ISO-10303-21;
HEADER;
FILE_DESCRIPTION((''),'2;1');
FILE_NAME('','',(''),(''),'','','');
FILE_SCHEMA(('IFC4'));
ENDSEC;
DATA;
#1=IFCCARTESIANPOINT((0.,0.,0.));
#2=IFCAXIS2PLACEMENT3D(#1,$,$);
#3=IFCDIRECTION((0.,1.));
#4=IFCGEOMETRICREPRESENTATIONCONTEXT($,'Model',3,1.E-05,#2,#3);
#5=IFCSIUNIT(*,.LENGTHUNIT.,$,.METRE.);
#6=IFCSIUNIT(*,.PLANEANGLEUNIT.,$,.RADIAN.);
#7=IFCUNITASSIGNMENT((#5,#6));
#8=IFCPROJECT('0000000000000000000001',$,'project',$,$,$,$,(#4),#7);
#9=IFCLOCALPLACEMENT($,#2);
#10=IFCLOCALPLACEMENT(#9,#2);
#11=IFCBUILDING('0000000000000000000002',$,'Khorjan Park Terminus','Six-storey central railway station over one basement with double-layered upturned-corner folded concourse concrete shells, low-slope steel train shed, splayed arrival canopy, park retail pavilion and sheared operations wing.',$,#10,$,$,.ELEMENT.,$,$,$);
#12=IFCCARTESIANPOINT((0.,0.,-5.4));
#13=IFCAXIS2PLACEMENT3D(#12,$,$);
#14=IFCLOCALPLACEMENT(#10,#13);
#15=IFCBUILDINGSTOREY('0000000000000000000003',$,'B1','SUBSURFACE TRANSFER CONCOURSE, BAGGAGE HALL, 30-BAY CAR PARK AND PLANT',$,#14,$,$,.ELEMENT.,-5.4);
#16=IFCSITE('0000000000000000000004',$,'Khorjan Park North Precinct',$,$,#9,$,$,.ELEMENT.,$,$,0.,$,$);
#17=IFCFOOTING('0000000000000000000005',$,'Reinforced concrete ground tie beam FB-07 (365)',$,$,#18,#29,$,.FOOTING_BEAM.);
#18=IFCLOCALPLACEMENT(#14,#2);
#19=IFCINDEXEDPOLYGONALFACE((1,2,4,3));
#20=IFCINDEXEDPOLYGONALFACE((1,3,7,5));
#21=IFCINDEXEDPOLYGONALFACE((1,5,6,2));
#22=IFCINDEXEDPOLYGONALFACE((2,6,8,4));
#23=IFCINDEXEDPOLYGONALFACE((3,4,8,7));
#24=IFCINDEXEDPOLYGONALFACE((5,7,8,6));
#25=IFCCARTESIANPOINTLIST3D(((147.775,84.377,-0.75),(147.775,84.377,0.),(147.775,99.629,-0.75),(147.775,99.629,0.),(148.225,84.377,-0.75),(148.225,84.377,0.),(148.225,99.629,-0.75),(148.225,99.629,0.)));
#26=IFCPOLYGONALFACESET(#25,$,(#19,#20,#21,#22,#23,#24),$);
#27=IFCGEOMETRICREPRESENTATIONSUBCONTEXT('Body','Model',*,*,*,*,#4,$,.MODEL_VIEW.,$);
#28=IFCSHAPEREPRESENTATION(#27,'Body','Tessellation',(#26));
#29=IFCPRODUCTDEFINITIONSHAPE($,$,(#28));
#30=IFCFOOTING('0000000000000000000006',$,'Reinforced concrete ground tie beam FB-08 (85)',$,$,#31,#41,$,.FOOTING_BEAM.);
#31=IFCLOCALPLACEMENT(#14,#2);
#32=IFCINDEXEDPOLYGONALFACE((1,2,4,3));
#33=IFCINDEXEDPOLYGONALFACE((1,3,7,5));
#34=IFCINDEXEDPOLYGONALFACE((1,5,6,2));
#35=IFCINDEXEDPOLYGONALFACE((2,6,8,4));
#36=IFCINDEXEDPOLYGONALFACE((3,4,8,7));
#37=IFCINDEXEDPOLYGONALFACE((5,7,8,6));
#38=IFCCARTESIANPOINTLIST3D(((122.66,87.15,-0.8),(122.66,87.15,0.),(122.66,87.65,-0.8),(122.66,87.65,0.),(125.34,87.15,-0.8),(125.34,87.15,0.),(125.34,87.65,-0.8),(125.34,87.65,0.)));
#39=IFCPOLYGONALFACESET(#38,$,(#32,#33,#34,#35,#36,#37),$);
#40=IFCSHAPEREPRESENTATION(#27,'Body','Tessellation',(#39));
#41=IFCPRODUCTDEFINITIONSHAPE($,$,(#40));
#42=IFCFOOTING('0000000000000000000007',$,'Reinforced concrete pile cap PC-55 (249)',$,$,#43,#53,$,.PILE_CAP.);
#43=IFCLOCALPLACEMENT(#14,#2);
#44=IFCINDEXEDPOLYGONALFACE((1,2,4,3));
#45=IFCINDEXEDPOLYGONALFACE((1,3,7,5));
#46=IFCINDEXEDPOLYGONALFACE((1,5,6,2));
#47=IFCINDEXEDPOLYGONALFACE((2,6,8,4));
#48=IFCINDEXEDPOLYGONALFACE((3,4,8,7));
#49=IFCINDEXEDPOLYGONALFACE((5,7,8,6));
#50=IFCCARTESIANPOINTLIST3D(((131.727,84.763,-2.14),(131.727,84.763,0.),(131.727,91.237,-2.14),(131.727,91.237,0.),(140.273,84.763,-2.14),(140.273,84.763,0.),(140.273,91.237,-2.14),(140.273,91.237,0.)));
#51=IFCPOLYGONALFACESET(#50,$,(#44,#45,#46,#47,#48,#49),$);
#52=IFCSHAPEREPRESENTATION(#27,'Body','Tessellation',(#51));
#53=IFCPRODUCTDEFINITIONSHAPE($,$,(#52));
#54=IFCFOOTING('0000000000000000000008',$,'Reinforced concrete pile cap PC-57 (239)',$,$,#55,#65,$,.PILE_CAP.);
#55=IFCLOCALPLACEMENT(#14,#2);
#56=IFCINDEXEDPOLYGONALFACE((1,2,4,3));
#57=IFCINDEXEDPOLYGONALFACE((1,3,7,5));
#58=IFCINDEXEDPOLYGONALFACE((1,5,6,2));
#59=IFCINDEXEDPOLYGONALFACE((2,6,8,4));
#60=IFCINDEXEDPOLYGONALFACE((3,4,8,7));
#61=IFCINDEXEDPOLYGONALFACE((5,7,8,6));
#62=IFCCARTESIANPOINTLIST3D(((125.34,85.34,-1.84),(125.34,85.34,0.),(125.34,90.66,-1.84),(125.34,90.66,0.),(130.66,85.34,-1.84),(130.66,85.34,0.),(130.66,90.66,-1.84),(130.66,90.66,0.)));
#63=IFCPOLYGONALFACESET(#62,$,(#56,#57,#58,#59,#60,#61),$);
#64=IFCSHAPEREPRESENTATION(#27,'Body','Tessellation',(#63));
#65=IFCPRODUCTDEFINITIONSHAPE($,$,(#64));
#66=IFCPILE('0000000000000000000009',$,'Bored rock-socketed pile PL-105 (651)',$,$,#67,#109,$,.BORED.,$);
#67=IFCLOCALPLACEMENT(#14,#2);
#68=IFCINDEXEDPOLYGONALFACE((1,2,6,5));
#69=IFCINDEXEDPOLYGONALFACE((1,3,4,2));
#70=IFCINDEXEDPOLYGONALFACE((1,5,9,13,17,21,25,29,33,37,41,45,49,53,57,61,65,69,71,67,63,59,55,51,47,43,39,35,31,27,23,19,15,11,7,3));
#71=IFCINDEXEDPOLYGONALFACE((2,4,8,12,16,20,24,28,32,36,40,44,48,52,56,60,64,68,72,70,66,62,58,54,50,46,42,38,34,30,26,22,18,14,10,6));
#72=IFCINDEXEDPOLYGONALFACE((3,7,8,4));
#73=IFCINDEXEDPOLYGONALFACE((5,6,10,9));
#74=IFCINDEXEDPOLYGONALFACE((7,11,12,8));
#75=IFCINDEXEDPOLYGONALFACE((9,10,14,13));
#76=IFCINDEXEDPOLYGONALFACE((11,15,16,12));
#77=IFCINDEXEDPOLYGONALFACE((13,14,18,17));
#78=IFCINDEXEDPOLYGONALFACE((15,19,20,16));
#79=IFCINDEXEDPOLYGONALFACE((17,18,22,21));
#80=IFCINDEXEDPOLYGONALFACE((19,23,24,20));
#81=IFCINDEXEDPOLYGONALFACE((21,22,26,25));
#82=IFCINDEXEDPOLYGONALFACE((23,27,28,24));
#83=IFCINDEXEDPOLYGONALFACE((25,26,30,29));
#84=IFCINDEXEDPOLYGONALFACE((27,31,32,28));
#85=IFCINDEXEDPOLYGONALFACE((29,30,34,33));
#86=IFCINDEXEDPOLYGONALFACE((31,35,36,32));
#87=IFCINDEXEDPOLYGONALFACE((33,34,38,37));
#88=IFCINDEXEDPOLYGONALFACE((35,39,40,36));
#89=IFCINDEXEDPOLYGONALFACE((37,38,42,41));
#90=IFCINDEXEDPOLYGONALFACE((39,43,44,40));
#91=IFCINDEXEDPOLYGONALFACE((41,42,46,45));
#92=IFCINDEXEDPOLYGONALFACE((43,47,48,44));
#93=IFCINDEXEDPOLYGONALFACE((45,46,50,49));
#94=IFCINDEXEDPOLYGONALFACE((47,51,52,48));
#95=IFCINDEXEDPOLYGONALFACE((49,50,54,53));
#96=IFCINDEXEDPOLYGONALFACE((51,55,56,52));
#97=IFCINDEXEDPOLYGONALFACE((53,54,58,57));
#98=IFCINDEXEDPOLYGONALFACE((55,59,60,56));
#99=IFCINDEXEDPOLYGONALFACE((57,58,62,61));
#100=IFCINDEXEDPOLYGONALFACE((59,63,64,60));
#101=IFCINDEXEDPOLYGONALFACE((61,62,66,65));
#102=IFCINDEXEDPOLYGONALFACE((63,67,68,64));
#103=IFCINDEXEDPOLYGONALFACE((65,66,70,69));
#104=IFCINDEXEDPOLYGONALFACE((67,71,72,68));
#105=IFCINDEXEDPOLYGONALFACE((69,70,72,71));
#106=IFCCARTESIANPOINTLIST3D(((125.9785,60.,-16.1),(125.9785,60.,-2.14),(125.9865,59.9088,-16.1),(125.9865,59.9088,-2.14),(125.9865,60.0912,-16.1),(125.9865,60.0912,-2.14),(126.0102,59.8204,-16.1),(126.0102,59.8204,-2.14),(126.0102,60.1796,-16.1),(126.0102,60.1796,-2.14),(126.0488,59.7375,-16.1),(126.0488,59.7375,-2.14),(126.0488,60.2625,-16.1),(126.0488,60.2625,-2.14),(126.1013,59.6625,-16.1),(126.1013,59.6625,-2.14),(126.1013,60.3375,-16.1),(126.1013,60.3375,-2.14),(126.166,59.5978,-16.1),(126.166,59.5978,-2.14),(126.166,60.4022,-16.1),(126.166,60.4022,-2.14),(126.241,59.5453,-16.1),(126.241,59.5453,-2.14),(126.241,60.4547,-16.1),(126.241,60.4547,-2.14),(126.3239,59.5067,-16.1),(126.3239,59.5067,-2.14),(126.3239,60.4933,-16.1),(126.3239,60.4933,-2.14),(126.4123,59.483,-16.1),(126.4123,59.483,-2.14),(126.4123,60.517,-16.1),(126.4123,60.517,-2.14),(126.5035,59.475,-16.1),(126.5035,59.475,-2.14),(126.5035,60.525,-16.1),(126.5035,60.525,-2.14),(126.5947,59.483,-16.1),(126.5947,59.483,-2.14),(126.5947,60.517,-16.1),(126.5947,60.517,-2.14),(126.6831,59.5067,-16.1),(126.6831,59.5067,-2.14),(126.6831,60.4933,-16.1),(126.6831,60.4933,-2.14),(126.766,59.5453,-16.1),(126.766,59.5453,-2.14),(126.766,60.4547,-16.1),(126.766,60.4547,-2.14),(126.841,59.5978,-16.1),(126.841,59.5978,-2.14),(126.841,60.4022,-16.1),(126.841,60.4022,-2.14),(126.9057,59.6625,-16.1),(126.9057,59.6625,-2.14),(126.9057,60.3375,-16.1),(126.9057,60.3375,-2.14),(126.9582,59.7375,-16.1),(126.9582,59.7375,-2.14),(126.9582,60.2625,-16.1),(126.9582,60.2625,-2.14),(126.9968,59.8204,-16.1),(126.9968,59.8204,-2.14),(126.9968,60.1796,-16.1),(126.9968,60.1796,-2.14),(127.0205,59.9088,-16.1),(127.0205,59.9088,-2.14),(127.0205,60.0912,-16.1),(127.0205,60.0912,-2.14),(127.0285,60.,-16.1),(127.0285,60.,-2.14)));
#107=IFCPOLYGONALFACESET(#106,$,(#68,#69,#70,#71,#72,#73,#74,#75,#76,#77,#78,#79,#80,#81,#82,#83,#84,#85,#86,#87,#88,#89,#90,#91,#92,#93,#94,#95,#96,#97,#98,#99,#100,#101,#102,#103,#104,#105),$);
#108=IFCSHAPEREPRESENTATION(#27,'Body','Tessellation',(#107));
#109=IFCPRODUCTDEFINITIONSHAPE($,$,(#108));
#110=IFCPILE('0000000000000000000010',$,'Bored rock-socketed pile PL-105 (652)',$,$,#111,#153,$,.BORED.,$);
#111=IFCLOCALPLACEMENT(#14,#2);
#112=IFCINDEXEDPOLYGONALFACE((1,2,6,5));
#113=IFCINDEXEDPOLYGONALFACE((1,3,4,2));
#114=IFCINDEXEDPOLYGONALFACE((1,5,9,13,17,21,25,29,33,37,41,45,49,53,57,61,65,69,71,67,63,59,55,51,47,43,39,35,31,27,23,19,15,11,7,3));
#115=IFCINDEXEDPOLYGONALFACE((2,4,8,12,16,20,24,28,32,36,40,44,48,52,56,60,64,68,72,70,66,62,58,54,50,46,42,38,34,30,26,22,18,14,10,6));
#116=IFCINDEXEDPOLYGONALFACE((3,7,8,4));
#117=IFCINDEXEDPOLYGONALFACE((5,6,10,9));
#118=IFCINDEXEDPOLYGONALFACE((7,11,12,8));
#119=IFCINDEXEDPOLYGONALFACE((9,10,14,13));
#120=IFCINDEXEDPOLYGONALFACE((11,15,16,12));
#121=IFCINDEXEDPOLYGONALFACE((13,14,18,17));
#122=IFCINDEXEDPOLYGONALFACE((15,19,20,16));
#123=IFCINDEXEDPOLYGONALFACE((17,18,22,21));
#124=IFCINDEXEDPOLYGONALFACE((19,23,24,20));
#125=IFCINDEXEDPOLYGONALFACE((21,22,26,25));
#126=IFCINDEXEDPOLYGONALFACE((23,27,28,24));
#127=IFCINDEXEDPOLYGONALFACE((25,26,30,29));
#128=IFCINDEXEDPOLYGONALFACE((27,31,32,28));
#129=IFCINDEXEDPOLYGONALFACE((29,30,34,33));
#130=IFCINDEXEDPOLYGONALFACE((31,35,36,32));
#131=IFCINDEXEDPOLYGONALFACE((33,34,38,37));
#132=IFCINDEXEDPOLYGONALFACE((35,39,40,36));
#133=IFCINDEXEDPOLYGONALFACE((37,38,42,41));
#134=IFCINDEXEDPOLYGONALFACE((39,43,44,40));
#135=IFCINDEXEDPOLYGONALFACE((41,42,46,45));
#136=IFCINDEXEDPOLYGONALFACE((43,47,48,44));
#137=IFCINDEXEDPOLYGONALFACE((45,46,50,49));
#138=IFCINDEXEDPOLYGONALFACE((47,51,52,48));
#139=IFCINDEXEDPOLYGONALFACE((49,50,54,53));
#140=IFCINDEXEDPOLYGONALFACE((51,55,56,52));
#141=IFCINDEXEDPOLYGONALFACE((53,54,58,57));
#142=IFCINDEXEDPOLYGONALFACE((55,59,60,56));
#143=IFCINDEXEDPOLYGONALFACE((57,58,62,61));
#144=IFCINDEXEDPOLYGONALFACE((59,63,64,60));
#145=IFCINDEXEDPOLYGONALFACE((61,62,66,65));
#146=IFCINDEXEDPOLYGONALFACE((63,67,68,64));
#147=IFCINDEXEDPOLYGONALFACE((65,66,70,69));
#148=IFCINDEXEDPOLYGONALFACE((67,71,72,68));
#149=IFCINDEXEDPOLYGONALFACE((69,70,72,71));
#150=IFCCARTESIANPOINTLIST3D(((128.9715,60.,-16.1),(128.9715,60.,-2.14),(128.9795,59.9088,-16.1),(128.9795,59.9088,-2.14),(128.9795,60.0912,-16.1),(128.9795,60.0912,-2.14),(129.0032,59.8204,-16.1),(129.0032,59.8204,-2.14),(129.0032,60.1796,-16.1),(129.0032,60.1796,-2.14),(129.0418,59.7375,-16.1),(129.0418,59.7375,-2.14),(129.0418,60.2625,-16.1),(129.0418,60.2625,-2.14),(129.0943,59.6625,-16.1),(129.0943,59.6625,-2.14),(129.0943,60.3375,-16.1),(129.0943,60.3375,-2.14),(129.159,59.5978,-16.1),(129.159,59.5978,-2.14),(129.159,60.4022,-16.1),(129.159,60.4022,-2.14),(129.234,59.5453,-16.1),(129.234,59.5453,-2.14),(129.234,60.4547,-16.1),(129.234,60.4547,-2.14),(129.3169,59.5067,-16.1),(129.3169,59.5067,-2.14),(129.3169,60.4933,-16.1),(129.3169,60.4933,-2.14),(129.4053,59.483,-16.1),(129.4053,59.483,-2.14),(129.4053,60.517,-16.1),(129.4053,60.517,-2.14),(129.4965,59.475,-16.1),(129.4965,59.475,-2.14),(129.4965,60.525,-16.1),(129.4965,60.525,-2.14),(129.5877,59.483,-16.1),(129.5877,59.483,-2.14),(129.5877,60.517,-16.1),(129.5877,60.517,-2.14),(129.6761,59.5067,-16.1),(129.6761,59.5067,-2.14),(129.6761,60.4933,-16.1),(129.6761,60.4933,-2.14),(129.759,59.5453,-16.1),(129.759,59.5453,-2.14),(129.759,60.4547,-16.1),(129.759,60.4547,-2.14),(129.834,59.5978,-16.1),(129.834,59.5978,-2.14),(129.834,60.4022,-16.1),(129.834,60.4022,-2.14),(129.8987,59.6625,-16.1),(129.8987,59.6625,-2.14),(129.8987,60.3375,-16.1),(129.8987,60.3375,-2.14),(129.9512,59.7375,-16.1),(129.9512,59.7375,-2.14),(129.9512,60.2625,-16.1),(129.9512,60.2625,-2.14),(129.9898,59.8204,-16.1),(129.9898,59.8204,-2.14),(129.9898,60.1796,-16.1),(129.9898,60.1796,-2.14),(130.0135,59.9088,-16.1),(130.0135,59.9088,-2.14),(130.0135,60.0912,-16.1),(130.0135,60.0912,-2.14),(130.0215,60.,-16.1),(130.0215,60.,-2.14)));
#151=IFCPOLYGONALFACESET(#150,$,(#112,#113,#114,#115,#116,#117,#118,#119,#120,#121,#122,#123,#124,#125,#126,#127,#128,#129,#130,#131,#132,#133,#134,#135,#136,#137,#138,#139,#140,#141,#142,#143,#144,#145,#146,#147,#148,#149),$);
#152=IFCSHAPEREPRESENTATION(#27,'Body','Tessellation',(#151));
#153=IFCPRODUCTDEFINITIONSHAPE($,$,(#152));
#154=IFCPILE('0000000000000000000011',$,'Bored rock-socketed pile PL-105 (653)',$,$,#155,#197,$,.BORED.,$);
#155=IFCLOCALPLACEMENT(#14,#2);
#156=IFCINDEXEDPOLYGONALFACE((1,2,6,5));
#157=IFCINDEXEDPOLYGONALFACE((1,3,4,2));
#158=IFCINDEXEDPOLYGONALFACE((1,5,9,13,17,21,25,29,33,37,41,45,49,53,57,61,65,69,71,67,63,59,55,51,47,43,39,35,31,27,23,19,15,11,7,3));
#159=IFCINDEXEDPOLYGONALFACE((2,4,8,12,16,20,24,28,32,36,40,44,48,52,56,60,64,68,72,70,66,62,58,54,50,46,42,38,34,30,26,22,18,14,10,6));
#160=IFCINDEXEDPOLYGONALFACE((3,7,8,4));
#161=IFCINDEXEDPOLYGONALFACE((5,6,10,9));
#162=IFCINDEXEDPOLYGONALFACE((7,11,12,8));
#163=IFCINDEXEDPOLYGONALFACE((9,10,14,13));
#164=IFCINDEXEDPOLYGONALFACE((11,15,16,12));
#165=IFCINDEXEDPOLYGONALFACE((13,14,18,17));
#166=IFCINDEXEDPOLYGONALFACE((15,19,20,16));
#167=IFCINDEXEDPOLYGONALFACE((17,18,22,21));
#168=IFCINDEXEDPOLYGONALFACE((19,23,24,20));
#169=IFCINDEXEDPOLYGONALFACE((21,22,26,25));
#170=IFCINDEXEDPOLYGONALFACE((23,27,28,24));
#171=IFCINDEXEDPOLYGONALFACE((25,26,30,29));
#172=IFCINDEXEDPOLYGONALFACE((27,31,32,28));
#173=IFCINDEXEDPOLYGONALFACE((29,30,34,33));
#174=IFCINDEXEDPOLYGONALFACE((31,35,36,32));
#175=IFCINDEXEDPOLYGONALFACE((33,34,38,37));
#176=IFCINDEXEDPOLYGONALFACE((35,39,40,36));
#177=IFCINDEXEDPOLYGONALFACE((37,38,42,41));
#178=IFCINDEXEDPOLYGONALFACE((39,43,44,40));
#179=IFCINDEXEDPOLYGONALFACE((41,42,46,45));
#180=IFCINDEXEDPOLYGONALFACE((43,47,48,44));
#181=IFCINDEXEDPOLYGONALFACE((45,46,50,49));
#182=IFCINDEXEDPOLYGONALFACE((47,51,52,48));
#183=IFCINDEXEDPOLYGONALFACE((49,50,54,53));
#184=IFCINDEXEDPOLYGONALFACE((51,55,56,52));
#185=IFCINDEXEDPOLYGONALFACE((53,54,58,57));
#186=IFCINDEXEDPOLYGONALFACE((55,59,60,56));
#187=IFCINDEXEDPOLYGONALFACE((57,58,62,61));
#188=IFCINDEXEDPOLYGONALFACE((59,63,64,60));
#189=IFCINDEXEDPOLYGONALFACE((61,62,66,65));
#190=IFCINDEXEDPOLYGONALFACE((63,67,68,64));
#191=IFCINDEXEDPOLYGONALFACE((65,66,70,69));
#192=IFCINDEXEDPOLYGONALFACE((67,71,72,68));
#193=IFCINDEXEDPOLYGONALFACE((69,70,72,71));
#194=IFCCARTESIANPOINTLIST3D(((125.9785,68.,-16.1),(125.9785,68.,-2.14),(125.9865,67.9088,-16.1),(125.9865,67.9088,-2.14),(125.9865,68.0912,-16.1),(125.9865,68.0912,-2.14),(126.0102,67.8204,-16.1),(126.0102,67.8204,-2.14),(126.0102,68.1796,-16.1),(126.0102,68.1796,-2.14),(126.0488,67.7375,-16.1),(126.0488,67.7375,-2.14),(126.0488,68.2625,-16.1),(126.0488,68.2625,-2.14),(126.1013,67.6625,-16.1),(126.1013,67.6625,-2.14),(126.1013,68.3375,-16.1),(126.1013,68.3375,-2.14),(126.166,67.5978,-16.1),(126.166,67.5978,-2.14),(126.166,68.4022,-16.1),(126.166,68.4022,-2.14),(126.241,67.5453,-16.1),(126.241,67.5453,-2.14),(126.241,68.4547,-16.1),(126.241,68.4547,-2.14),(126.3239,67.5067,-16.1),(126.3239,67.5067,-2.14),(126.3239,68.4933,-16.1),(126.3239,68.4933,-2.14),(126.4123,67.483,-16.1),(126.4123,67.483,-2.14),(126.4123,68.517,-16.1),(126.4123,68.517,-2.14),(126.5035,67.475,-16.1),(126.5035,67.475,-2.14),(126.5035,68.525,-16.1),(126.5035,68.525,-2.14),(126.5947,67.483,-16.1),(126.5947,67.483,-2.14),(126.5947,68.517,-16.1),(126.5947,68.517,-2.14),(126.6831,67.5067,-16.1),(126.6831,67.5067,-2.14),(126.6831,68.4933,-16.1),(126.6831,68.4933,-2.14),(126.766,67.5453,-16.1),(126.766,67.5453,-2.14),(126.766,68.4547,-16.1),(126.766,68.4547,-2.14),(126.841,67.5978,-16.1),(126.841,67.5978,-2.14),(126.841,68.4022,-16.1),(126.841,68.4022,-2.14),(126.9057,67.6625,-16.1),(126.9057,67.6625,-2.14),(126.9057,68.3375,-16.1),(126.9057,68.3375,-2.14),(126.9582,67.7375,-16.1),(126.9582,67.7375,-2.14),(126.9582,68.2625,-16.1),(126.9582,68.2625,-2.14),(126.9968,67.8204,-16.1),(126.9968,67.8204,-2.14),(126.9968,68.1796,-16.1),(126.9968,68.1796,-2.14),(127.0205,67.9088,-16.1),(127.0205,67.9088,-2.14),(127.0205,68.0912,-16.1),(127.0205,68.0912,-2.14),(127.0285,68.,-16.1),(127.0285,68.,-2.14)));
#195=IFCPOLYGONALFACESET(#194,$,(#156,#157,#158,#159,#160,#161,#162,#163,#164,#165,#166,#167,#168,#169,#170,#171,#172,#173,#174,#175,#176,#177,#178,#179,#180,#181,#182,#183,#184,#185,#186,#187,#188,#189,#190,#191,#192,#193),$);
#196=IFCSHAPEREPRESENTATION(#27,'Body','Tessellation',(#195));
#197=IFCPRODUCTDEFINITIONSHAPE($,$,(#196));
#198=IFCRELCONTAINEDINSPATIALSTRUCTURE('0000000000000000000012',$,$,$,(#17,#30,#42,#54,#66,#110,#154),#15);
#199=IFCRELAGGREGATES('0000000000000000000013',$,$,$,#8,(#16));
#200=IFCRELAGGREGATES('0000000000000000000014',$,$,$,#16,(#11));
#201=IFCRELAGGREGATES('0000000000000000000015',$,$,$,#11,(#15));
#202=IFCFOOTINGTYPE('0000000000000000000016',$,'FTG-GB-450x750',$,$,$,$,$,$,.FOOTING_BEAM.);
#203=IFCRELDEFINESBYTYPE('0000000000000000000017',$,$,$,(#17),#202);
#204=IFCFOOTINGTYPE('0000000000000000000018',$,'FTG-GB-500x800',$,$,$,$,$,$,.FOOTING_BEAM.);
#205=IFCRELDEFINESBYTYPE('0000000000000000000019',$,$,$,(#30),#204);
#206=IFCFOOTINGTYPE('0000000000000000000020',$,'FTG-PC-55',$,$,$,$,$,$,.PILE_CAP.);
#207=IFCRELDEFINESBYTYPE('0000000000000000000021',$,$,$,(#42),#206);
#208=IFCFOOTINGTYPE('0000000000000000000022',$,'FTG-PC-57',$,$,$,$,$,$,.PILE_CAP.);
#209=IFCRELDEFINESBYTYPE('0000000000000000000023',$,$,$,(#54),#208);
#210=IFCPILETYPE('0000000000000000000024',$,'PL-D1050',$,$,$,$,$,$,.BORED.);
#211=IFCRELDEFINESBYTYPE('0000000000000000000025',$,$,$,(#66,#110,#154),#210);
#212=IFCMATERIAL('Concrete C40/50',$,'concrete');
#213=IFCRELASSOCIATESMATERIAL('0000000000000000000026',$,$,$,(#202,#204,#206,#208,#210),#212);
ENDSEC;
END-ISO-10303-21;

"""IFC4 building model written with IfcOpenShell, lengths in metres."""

from ifc_helpers import new_model, si_unit, direction, frame, origin, origin_2d, place, context, subcontext, project, spatial, rectangle, circle, extrude, material, material_profile, profile_set, type_object, element, save


model = new_model("IFC4")

# Units and contexts
model_context = context("Model", 3, precision=1e-05, world=origin(), true_north=direction((0.0, 1.0)))
body_context = subcontext(model_context, "Body", "Model", "MODEL_VIEW")
ifc_project = project(units=[si_unit("LENGTHUNIT", "METRE"), si_unit("PLANEANGLEUNIT", "RADIAN")], contexts=[model_context])

# Site, building, storey
site_placement = place(None, origin())
site = spatial("IfcSite", under=ifc_project, at=site_placement, Name="Khorjan Park North Precinct", CompositionType="ELEMENT", RefElevation=0.0)
building_placement = place(site_placement, origin())
building = spatial("IfcBuilding", under=site, at=building_placement, Name="Khorjan Park Terminus", Description="Six-storey central railway station over one basement with double-layered upturned-corner folded concourse concrete shells, low-slope steel train shed, splayed arrival canopy, park retail pavilion and sheared operations wing.", CompositionType="ELEMENT")
storey_placement = place(building_placement, frame((0.0, 0.0, -5.4)))
storey = spatial("IfcBuildingStorey", under=building, at=storey_placement, Name="B1", Description="SUBSURFACE TRANSFER CONCOURSE, BAGGAGE HALL, 30-BAY CAR PARK AND PLANT", CompositionType="ELEMENT", Elevation=-5.4)

# Footings
ifc_material_1 = material(Name="Concrete C40/50", Category="concrete")
ifc_material_profile_1 = material_profile(ifc_material_1, rectangle(XDim=0.45, YDim=0.75, at=origin_2d()), Name="RC 450x750")
ifc_profile_set_1 = profile_set([ifc_material_profile_1], Name="Concrete C40/50")
footing_type_1 = type_object("IfcFootingType", Name="FTG-GB-450x750", PredefinedType="FOOTING_BEAM", material=ifc_profile_set_1)
footing_1_placement = place(storey_placement, frame((148.0, 84.377, -0.375), z_axis=(0.0, 1.0, 0.0), x_axis=(-1.0, 0.0, 0.0)))
element("IfcFooting", 1, at=footing_1_placement, inside=storey, type_object=footing_type_1, Name="Reinforced concrete ground tie beam FB-07 (365)", PredefinedType="FOOTING_BEAM", context=body_context, shape_type="SweptSolid", body=[
    extrude(rectangle(XDim=0.45, YDim=0.75, at=origin_2d()), origin(), (0.0, 0.0, 1.0), 15.252),
])
ifc_material_profile_2 = material_profile(ifc_material_1, rectangle(XDim=0.5, YDim=0.8, at=origin_2d()), Name="RC 500x800")
ifc_profile_set_2 = profile_set([ifc_material_profile_2], Name="Concrete C40/50")
footing_type_2 = type_object("IfcFootingType", Name="FTG-GB-500x800", PredefinedType="FOOTING_BEAM", material=ifc_profile_set_2)
footing_2_placement = place(storey_placement, frame((122.66, 87.4, -0.4), z_axis=(1.0, 0.0, 0.0), x_axis=(0.0, 1.0, 0.0)))
element("IfcFooting", 2, at=footing_2_placement, inside=storey, type_object=footing_type_2, Name="Reinforced concrete ground tie beam FB-08 (85)", PredefinedType="FOOTING_BEAM", context=body_context, shape_type="SweptSolid", body=[
    extrude(rectangle(XDim=0.5, YDim=0.8, at=origin_2d()), origin(), (0.0, 0.0, 1.0), 2.68),
])
footing_type_3 = type_object("IfcFootingType", Name="FTG-PC-55", PredefinedType="PILE_CAP", material=ifc_material_1)
footing_3_placement = place(storey_placement, frame((136.0, 88.0, -2.14), z_axis=(0.0, 0.0, 1.0), x_axis=(1.0, 0.0, 0.0)))
element("IfcFooting", 3, at=footing_3_placement, inside=storey, type_object=footing_type_3, Name="Reinforced concrete pile cap PC-55 (249)", PredefinedType="PILE_CAP", context=body_context, shape_type="SweptSolid", body=[
    extrude(rectangle(XDim=8.546, YDim=6.474, at=origin_2d()), origin(), (0.0, 0.0, 1.0), 2.14),
])
footing_type_4 = type_object("IfcFootingType", Name="FTG-PC-57", PredefinedType="PILE_CAP", material=ifc_material_1)
footing_4_placement = place(storey_placement, frame((128.0, 88.0, -1.84), z_axis=(0.0, 0.0, 1.0), x_axis=(1.0, 0.0, 0.0)))
element("IfcFooting", 4, at=footing_4_placement, inside=storey, type_object=footing_type_4, Name="Reinforced concrete pile cap PC-57 (239)", PredefinedType="PILE_CAP", context=body_context, shape_type="SweptSolid", body=[
    extrude(rectangle(XDim=5.32, YDim=5.32, at=origin_2d()), origin(), (0.0, 0.0, 1.0), 1.84),
])

# Piles
ifc_material_profile_3 = material_profile(ifc_material_1, circle(Radius=0.525, at=origin_2d()), Name="BORED D1050")
ifc_profile_set_3 = profile_set([ifc_material_profile_3], Name="Concrete C40/50")
pile_type_1 = type_object("IfcPileType", Name="PL-D1050", PredefinedType="BORED", material=ifc_profile_set_3)
for number, where, z_axis, x_axis, name in (
    (5, (126.5035, 60.0, -2.14), (0.0, 0.0, -1.0), (1.0, 0.0, 0.0), "Bored rock-socketed pile PL-105 (651)"),
    (6, (129.4965, 60.0, -2.14), (0.0, 0.0, -1.0), (1.0, 0.0, 0.0), "Bored rock-socketed pile PL-105 (652)"),
    (7, (126.5035, 68.0, -2.14), (0.0, 0.0, -1.0), (1.0, 0.0, 0.0), "Bored rock-socketed pile PL-105 (653)"),
):
    element("IfcPile", number, at=place(storey_placement, frame(where, z_axis=z_axis, x_axis=x_axis)), inside=storey, type_object=pile_type_1, Name=name, PredefinedType="BORED", context=body_context, shape_type="SweptSolid", body=[
        extrude(circle(Radius=0.525, at=origin_2d()), origin(), (0.0, 0.0, 1.0), 13.96),
    ])

save(model, "model.ifc")
